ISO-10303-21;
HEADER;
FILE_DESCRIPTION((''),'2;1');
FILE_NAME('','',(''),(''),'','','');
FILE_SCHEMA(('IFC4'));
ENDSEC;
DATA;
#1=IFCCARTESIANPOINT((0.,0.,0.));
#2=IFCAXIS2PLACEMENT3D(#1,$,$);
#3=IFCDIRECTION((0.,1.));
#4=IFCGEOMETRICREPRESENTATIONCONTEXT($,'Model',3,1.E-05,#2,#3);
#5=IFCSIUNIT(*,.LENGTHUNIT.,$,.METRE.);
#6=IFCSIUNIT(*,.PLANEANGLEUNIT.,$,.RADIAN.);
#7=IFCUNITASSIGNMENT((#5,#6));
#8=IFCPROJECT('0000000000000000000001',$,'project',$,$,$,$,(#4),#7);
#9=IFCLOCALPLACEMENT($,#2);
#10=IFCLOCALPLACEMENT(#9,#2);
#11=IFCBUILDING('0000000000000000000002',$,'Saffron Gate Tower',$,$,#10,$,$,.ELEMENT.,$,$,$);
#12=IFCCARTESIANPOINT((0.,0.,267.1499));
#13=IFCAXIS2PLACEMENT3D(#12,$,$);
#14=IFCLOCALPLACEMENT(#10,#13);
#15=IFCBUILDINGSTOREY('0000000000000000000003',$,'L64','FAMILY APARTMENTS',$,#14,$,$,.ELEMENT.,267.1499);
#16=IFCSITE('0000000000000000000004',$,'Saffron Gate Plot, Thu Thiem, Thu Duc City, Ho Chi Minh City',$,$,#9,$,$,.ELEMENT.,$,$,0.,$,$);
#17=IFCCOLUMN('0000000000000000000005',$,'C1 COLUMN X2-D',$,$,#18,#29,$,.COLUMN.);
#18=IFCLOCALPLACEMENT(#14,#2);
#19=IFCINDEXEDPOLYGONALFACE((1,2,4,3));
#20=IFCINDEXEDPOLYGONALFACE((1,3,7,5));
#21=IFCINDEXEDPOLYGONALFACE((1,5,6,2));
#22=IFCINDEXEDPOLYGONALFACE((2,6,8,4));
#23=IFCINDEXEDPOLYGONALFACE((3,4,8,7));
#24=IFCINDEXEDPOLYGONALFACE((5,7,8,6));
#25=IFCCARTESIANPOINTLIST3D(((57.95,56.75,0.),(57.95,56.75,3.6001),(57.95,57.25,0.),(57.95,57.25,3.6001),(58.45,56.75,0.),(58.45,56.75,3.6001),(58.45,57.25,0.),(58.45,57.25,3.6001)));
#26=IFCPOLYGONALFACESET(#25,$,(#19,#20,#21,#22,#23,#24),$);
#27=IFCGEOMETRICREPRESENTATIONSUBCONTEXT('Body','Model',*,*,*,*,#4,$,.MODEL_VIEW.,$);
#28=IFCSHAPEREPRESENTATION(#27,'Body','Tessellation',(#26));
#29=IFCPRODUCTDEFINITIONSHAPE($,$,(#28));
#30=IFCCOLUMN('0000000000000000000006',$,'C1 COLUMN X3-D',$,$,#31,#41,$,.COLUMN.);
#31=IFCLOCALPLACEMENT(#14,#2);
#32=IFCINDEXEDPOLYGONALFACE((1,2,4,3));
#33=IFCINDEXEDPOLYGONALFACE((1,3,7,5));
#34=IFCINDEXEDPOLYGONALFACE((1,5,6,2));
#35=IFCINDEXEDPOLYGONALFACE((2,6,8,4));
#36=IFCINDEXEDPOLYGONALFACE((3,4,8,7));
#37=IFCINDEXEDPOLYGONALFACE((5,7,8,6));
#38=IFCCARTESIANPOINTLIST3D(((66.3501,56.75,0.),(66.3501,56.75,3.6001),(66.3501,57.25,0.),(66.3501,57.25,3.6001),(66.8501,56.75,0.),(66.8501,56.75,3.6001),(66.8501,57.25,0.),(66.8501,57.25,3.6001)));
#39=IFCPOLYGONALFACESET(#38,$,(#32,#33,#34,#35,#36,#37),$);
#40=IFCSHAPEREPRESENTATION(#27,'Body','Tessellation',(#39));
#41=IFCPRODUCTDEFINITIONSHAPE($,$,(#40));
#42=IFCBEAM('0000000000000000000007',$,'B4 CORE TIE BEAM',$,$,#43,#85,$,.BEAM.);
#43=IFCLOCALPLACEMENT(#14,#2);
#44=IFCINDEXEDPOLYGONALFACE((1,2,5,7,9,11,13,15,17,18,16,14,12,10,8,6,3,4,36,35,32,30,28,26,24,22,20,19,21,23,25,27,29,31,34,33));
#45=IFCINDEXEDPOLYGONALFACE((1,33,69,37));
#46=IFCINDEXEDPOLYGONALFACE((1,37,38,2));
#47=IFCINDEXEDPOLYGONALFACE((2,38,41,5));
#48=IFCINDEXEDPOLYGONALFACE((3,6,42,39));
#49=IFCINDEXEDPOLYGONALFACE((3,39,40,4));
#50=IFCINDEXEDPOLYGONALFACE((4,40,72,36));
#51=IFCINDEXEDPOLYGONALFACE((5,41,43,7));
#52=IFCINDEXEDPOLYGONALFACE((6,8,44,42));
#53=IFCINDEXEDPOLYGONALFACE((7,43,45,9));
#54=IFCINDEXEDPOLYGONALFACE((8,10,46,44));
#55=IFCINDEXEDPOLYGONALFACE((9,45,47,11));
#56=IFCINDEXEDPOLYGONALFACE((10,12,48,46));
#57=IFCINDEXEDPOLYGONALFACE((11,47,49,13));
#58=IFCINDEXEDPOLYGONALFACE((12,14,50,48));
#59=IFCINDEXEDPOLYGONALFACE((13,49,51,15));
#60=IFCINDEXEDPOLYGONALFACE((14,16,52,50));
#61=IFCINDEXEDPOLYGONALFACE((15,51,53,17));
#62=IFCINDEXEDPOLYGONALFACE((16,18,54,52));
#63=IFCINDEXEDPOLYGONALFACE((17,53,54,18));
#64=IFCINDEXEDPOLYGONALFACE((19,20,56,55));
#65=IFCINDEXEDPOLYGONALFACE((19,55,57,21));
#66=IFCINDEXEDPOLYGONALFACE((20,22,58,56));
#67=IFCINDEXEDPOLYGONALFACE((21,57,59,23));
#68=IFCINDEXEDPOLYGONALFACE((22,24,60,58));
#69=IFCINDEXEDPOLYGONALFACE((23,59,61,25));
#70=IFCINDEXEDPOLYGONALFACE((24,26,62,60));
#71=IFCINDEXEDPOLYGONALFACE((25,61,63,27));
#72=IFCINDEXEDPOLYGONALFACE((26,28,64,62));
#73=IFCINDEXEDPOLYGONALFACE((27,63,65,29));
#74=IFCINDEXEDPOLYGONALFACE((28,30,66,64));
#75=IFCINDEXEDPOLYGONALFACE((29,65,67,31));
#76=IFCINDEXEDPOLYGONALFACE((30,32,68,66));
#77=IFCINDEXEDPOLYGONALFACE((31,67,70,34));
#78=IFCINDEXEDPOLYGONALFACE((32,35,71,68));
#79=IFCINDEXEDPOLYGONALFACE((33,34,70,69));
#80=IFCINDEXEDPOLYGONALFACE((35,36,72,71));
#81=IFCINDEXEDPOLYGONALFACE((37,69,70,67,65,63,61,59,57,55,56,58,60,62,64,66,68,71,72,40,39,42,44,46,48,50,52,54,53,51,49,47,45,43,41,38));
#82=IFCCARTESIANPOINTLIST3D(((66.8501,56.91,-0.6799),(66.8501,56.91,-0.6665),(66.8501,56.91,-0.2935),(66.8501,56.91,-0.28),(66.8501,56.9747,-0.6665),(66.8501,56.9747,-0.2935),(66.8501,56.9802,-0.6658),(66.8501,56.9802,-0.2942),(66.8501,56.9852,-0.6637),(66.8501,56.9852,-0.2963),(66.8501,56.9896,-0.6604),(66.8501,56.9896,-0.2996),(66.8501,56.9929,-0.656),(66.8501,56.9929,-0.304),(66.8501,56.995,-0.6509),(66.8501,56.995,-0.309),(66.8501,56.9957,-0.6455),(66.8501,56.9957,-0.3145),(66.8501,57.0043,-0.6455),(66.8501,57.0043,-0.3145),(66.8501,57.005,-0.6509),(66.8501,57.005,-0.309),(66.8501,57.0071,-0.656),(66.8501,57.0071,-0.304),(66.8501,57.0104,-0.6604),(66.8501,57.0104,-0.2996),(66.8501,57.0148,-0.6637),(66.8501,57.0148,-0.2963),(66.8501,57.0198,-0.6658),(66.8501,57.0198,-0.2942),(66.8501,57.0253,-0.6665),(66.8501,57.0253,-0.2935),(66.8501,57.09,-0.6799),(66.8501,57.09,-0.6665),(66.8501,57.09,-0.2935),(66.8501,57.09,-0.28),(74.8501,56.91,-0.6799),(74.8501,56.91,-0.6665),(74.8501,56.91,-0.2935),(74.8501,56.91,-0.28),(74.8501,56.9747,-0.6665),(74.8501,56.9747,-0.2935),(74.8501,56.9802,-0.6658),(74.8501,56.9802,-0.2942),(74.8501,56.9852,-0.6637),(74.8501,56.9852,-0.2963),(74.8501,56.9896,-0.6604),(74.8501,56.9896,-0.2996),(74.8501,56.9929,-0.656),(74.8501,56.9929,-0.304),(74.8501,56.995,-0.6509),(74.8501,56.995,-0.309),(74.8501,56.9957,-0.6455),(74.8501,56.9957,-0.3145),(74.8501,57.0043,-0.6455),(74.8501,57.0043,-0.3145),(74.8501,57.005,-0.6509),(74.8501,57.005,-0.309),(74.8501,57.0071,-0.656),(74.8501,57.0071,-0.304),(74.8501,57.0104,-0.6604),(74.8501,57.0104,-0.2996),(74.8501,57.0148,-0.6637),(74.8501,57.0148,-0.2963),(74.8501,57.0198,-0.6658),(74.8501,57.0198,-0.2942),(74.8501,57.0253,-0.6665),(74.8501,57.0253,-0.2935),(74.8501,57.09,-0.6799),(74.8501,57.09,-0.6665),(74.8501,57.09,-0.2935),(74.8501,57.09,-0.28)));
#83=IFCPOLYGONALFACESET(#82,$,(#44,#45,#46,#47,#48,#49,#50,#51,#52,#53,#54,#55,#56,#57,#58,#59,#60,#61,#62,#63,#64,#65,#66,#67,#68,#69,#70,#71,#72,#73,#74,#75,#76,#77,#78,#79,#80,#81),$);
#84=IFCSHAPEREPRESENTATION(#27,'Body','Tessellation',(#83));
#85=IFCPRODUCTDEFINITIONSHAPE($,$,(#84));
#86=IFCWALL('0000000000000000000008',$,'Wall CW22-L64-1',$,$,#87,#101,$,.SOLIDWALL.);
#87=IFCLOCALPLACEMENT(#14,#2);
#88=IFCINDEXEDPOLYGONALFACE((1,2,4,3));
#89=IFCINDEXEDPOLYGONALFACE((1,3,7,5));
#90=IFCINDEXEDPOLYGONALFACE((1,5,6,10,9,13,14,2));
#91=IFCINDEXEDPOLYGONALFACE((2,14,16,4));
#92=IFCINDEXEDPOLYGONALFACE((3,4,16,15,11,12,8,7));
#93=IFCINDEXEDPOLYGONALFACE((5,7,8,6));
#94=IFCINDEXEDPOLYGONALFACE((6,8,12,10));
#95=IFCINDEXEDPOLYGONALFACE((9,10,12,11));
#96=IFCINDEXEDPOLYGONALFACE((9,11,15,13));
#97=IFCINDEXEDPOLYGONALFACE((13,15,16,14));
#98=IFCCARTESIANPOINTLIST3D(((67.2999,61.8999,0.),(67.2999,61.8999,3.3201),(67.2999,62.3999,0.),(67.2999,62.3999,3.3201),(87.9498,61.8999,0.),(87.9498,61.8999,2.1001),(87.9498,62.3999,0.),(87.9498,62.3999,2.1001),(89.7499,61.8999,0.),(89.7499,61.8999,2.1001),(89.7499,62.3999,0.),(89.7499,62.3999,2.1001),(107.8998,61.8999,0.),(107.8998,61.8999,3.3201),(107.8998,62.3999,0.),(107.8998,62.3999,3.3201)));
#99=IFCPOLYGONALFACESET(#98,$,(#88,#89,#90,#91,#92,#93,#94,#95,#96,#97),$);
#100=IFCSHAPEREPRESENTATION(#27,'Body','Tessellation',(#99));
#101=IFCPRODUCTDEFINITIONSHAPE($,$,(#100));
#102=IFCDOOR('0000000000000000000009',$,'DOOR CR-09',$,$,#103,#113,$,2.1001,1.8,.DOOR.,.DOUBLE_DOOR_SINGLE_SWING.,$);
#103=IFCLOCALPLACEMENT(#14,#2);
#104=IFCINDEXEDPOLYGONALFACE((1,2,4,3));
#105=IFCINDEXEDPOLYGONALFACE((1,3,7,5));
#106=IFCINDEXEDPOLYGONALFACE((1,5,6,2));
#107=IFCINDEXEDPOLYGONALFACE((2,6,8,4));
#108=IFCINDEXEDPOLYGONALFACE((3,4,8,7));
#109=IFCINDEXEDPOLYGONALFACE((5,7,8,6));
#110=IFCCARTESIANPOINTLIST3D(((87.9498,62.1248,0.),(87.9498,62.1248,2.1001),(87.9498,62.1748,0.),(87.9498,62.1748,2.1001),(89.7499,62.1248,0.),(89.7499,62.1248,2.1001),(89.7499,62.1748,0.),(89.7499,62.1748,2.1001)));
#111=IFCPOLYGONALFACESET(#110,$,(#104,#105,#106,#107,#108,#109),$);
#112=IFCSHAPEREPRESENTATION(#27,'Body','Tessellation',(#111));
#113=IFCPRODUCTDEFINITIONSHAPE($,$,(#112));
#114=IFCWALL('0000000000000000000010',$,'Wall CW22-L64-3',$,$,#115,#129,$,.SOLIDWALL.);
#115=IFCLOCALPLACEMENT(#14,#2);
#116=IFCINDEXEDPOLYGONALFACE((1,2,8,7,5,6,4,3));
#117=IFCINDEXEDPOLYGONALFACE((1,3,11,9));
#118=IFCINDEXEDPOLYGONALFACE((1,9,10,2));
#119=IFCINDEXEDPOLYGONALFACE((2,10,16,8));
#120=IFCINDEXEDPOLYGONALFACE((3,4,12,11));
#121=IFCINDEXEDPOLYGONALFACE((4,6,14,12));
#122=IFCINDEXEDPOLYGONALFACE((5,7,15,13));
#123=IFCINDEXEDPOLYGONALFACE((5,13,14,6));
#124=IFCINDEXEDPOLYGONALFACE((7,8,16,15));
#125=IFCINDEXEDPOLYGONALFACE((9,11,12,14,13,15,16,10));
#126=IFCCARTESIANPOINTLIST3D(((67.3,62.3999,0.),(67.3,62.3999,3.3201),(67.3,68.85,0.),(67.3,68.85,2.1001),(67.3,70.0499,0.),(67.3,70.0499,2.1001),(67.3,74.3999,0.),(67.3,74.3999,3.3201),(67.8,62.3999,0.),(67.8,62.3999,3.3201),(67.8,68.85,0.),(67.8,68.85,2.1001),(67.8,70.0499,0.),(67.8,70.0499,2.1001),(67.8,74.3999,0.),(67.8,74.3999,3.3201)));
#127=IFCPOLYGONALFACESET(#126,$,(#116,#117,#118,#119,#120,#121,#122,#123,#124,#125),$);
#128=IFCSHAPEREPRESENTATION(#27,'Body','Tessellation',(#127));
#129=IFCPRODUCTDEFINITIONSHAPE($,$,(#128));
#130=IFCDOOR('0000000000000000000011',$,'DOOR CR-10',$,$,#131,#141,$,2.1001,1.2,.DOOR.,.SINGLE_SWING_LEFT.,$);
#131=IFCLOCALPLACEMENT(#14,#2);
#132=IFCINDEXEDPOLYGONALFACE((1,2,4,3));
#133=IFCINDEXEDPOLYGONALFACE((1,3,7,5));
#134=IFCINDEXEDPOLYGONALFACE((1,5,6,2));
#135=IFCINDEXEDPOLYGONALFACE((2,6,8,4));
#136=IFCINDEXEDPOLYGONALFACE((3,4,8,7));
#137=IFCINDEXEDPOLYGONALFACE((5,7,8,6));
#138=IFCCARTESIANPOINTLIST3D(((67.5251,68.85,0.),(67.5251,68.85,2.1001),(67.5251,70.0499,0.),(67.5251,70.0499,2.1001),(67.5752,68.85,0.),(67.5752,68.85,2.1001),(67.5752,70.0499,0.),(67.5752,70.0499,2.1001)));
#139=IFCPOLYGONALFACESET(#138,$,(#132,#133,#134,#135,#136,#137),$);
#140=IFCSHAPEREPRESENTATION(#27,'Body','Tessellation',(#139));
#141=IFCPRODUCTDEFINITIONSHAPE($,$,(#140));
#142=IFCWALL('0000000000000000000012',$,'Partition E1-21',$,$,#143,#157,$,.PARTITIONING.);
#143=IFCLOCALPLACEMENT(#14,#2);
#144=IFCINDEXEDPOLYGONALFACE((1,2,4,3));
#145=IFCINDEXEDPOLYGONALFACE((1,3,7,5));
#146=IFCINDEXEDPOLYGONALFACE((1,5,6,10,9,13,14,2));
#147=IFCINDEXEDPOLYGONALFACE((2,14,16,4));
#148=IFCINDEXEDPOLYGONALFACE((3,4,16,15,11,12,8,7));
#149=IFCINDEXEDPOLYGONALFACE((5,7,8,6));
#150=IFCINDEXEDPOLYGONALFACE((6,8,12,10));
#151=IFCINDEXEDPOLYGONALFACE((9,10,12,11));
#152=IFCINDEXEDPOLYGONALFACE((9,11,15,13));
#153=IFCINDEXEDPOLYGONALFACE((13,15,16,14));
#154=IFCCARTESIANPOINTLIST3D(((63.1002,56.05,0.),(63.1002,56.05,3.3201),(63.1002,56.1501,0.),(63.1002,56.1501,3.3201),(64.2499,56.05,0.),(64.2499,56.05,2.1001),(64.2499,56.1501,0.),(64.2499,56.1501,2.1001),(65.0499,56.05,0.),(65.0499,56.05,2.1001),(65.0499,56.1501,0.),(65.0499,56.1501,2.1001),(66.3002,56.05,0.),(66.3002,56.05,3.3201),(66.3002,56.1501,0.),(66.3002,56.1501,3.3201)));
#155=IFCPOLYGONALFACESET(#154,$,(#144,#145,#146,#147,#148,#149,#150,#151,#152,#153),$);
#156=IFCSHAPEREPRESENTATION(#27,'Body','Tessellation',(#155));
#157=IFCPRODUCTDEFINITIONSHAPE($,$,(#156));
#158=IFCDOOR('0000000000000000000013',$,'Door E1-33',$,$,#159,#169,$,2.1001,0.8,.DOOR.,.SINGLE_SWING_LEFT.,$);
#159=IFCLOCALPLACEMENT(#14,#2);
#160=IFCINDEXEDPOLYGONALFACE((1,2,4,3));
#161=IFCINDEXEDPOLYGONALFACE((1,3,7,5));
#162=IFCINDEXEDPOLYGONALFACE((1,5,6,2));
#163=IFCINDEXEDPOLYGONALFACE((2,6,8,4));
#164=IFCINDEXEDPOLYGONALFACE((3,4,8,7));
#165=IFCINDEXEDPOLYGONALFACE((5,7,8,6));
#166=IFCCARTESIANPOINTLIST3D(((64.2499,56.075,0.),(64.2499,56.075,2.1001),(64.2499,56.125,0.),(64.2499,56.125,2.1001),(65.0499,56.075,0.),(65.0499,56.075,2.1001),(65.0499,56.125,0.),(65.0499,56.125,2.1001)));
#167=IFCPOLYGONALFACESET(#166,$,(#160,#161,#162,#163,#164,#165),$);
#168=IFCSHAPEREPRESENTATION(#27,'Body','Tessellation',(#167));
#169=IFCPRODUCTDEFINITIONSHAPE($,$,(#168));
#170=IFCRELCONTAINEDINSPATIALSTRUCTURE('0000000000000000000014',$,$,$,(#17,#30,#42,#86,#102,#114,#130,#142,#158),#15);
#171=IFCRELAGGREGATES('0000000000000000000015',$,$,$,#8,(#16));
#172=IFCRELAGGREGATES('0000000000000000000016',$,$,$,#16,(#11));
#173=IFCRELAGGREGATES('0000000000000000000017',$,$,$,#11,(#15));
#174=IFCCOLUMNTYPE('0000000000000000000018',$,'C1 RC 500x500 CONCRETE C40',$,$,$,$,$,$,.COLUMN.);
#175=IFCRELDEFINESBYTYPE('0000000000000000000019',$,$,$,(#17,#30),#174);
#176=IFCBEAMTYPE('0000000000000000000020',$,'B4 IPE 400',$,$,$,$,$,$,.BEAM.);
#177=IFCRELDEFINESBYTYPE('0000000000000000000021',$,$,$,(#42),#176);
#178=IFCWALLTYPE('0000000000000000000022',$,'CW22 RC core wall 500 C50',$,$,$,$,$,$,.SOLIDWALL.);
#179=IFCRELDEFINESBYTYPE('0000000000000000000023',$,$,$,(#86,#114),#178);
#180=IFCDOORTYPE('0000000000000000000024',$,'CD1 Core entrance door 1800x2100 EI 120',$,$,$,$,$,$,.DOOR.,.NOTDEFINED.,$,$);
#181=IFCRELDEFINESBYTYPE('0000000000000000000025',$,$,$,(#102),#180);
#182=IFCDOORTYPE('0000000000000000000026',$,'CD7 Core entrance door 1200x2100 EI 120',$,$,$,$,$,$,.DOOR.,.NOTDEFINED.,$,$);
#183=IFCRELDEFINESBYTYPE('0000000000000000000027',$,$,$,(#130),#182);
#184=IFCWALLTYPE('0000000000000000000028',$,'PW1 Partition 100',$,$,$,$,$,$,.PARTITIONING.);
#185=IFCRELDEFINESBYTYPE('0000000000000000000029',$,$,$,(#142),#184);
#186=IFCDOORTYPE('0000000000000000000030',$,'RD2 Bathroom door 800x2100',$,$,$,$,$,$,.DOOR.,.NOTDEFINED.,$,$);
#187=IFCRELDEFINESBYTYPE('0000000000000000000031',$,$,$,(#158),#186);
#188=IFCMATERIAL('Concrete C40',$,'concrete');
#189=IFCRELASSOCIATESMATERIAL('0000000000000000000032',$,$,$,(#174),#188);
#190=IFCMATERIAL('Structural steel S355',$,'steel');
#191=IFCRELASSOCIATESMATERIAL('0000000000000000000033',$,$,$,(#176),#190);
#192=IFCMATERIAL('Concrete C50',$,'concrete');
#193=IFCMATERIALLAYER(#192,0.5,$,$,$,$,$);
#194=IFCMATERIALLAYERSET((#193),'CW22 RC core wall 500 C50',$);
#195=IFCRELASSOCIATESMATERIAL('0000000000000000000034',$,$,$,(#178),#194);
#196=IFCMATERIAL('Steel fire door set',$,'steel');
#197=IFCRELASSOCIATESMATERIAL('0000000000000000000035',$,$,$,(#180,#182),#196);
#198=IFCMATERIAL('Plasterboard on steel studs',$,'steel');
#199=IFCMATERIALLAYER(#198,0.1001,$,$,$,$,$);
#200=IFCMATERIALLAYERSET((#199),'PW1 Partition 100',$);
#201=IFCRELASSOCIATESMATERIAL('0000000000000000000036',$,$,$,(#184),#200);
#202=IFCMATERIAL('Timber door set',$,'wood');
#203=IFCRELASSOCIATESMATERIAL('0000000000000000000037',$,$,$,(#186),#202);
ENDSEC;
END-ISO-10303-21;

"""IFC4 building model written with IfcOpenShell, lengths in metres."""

from ifc_helpers import new_model, si_unit, direction, frame, frame_2d, origin, origin_2d, place, context, subcontext, project, spatial, rectangle, i_section, extrude, material, layer, layer_set, material_profile, profile_set, type_object, element, fill, save


model = new_model("IFC4")

# Units and contexts
model_context = context("Model", 3, precision=1e-05, world=origin(), true_north=direction((0.0, 1.0)))
body_context = subcontext(model_context, "Body", "Model", "MODEL_VIEW")
ifc_project = project(units=[si_unit("LENGTHUNIT", "METRE"), si_unit("PLANEANGLEUNIT", "RADIAN")], contexts=[model_context])

# Site, building, storey
site_placement = place(None, origin())
site = spatial("IfcSite", under=ifc_project, at=site_placement, Name="Saffron Gate Plot, Thu Thiem, Thu Duc City, Ho Chi Minh City", CompositionType="ELEMENT", RefElevation=0.0)
building_placement = place(site_placement, origin())
building = spatial("IfcBuilding", under=site, at=building_placement, Name="Saffron Gate Tower", CompositionType="ELEMENT")
storey_placement = place(building_placement, frame((0.0, 0.0, 267.1499)))
storey = spatial("IfcBuildingStorey", under=building, at=storey_placement, Name="L64", Description="FAMILY APARTMENTS", CompositionType="ELEMENT", Elevation=267.1499)

# Columns
ifc_material_1 = material(Name="Concrete C40", Category="concrete")
ifc_material_profile_1 = material_profile(ifc_material_1, rectangle(XDim=0.5, YDim=0.5, at=origin_2d()))
ifc_profile_set_1 = profile_set([ifc_material_profile_1], Name="Concrete C40")
column_type = type_object("IfcColumnType", Name="C1 RC 500x500 CONCRETE C40", PredefinedType="COLUMN", material=ifc_profile_set_1)
for number, where, z_axis, x_axis, name in (
    (1, (58.2, 57.0, 0.0), (0.0, 0.0, 1.0), (1.0, 0.0, 0.0), "C1 COLUMN X2-D"),
    (2, (66.6001, 57.0, 0.0), (0.0, 0.0, 1.0), (1.0, 0.0, 0.0), "C1 COLUMN X3-D"),
):
    element("IfcColumn", number, at=place(storey_placement, frame(where, z_axis=z_axis, x_axis=x_axis)), inside=storey, type_object=column_type, Name=name, PredefinedType="COLUMN", context=body_context, shape_type="SweptSolid", body=[
        extrude(rectangle(XDim=0.5, YDim=0.5, at=origin_2d()), origin(), (0.0, 0.0, 1.0), 3.6001),
    ])

# Beam
ifc_material_2 = material(Name="Structural steel S355", Category="steel")
ifc_material_profile_2 = material_profile(ifc_material_2, i_section(OverallWidth=0.1799, OverallDepth=0.3999, WebThickness=0.0085, FlangeThickness=0.0134, FilletRadius=0.021, at=origin_2d()))
ifc_profile_set_2 = profile_set([ifc_material_profile_2], Name="Structural steel S355")
beam_type = type_object("IfcBeamType", Name="B4 IPE 400", PredefinedType="BEAM", material=ifc_profile_set_2)
beam_placement = place(storey_placement, frame((66.8501, 57.0, -0.48), z_axis=(1.0, 0.0, 0.0), x_axis=(0.0, 1.0, 0.0)))
element("IfcBeam", 3, at=beam_placement, inside=storey, type_object=beam_type, Name="B4 CORE TIE BEAM", PredefinedType="BEAM", context=body_context, shape_type="SweptSolid", body=[
    extrude(i_section(OverallWidth=0.1799, OverallDepth=0.3999, WebThickness=0.0085, FlangeThickness=0.0134, FilletRadius=0.021, at=origin_2d()), origin(), (0.0, 0.0, 1.0), 8.0),
])

# Walls, openings, doors
ifc_material_3 = material(Name="Concrete C50", Category="concrete")
ifc_layer_1 = layer(ifc_material_3, 0.5)
ifc_layer_set_1 = layer_set([ifc_layer_1], Name="CW22 RC core wall 500 C50")
wall_type_1 = type_object("IfcWallType", Name="CW22 RC core wall 500 C50", PredefinedType="SOLIDWALL", material=ifc_layer_set_1)
wall_1_placement = place(storey_placement, frame((67.3, 62.1499, 0.0), z_axis=(0.0, 0.0, 1.0), x_axis=(1.0, 0.0, 0.0)))
wall_1 = element("IfcWall", 4, at=wall_1_placement, inside=storey, type_object=wall_type_1, Name="Wall CW22-L64-1", PredefinedType="SOLIDWALL", context=body_context, shape_type="SweptSolid", body=[
    extrude(rectangle(XDim=40.5999, YDim=0.5, at=frame_2d((20.2998, 0.0))), origin(), (0.0, 0.0, 1.0), 3.3201),
])
opening_1_placement = place(wall_1_placement, frame((20.6499, 0.0, 0.0)))
opening_1 = element("IfcOpeningElement", 5, at=opening_1_placement, cuts=wall_1, PredefinedType="OPENING", context=body_context, shape_type="SweptSolid", body=[
    extrude(rectangle(XDim=1.8, YDim=2.1001, at=frame_2d((0.8999, 1.05))), frame((0.0, 0.26, 0.0), z_axis=(0.0, -1.0, 0.0), x_axis=(1.0, 0.0, 0.0)), (0.0, 0.0, 1.0), 0.52),
])
ifc_material_4 = material(Name="Steel fire door set", Category="steel")
door_type_1 = type_object("IfcDoorType", Name="CD1 Core entrance door 1800x2100 EI 120", OperationType="NOTDEFINED", PredefinedType="DOOR", material=ifc_material_4)
door_1_placement = place(opening_1_placement, origin())
door_1 = element("IfcDoor", 6, at=door_1_placement, inside=storey, type_object=door_type_1, Name="DOOR CR-09", OperationType="DOUBLE_DOOR_SINGLE_SWING", OverallHeight=2.1001, OverallWidth=1.8, PredefinedType="DOOR", context=body_context, shape_type="SweptSolid", body=[
    extrude(rectangle(XDim=1.8, YDim=2.1001, at=frame_2d((0.8999, 1.05))), frame((0.0, 0.0249, 0.0), z_axis=(0.0, -1.0, 0.0), x_axis=(1.0, 0.0, 0.0)), (0.0, 0.0, 1.0), 0.05),
])
fill(opening_1, door_1)
wall_2_placement = place(storey_placement, frame((67.55, 62.3999, 0.0), z_axis=(0.0, 0.0, 1.0), x_axis=(0.0, 1.0, 0.0)))
wall_2 = element("IfcWall", 7, at=wall_2_placement, inside=storey, type_object=wall_type_1, Name="Wall CW22-L64-3", PredefinedType="SOLIDWALL", context=body_context, shape_type="SweptSolid", body=[
    extrude(rectangle(XDim=12.0, YDim=0.5, at=frame_2d((6.0, 0.0))), origin(), (0.0, 0.0, 1.0), 3.3201),
])
opening_2_placement = place(wall_2_placement, frame((6.45, 0.0, 0.0)))
opening_2 = element("IfcOpeningElement", 8, at=opening_2_placement, cuts=wall_2, PredefinedType="OPENING", context=body_context, shape_type="SweptSolid", body=[
    extrude(rectangle(XDim=1.2, YDim=2.1001, at=frame_2d((0.6001, 1.05))), frame((0.0, 0.26, 0.0), z_axis=(0.0, -1.0, 0.0), x_axis=(1.0, 0.0, 0.0)), (0.0, 0.0, 1.0), 0.52),
])
door_type_2 = type_object("IfcDoorType", Name="CD7 Core entrance door 1200x2100 EI 120", OperationType="NOTDEFINED", PredefinedType="DOOR", material=ifc_material_4)
door_2_placement = place(opening_2_placement, origin())
door_2 = element("IfcDoor", 9, at=door_2_placement, inside=storey, type_object=door_type_2, Name="DOOR CR-10", OperationType="SINGLE_SWING_LEFT", OverallHeight=2.1001, OverallWidth=1.2, PredefinedType="DOOR", context=body_context, shape_type="SweptSolid", body=[
    extrude(rectangle(XDim=1.2, YDim=2.1001, at=frame_2d((0.6001, 1.05))), frame((0.0, 0.0249, 0.0), z_axis=(0.0, -1.0, 0.0), x_axis=(1.0, 0.0, 0.0)), (0.0, 0.0, 1.0), 0.05),
])
fill(opening_2, door_2)
ifc_material_5 = material(Name="Plasterboard on steel studs", Category="steel")
ifc_layer_2 = layer(ifc_material_5, 0.1001)
ifc_layer_set_2 = layer_set([ifc_layer_2], Name="PW1 Partition 100")
wall_type_2 = type_object("IfcWallType", Name="PW1 Partition 100", PredefinedType="PARTITIONING", material=ifc_layer_set_2)
wall_3_placement = place(storey_placement, frame((63.1001, 56.1001, 0.0), z_axis=(0.0, 0.0, 1.0), x_axis=(1.0, 0.0, 0.0)))
wall_3 = element("IfcWall", 10, at=wall_3_placement, inside=storey, type_object=wall_type_2, Name="Partition E1-21", PredefinedType="PARTITIONING", context=body_context, shape_type="SweptSolid", body=[
    extrude(rectangle(XDim=3.2, YDim=0.1001, at=frame_2d((1.6001, 0.0))), origin(), (0.0, 0.0, 1.0), 3.3201),
])
opening_3_placement = place(wall_3_placement, frame((1.1499, 0.0, 0.0)))
opening_3 = element("IfcOpeningElement", 11, at=opening_3_placement, cuts=wall_3, PredefinedType="OPENING", context=body_context, shape_type="SweptSolid", body=[
    extrude(rectangle(XDim=0.8, YDim=2.1001, at=frame_2d((0.3999, 1.05))), frame((0.0, 0.0601, 0.0), z_axis=(0.0, -1.0, 0.0), x_axis=(1.0, 0.0, 0.0)), (0.0, 0.0, 1.0), 0.1201),
])
ifc_material_6 = material(Name="Timber door set", Category="wood")
door_type_3 = type_object("IfcDoorType", Name="RD2 Bathroom door 800x2100", OperationType="NOTDEFINED", PredefinedType="DOOR", material=ifc_material_6)
door_3_placement = place(opening_3_placement, origin())
door_3 = element("IfcDoor", 12, at=door_3_placement, inside=storey, type_object=door_type_3, Name="Door E1-33", OperationType="SINGLE_SWING_LEFT", OverallHeight=2.1001, OverallWidth=0.8, PredefinedType="DOOR", context=body_context, shape_type="SweptSolid", body=[
    extrude(rectangle(XDim=0.8, YDim=2.1001, at=frame_2d((0.3999, 1.05))), frame((0.0, 0.0249, 0.0), z_axis=(0.0, -1.0, 0.0), x_axis=(1.0, 0.0, 0.0)), (0.0, 0.0, 1.0), 0.05),
])
fill(opening_3, door_3)

save(model, "model.ifc")
